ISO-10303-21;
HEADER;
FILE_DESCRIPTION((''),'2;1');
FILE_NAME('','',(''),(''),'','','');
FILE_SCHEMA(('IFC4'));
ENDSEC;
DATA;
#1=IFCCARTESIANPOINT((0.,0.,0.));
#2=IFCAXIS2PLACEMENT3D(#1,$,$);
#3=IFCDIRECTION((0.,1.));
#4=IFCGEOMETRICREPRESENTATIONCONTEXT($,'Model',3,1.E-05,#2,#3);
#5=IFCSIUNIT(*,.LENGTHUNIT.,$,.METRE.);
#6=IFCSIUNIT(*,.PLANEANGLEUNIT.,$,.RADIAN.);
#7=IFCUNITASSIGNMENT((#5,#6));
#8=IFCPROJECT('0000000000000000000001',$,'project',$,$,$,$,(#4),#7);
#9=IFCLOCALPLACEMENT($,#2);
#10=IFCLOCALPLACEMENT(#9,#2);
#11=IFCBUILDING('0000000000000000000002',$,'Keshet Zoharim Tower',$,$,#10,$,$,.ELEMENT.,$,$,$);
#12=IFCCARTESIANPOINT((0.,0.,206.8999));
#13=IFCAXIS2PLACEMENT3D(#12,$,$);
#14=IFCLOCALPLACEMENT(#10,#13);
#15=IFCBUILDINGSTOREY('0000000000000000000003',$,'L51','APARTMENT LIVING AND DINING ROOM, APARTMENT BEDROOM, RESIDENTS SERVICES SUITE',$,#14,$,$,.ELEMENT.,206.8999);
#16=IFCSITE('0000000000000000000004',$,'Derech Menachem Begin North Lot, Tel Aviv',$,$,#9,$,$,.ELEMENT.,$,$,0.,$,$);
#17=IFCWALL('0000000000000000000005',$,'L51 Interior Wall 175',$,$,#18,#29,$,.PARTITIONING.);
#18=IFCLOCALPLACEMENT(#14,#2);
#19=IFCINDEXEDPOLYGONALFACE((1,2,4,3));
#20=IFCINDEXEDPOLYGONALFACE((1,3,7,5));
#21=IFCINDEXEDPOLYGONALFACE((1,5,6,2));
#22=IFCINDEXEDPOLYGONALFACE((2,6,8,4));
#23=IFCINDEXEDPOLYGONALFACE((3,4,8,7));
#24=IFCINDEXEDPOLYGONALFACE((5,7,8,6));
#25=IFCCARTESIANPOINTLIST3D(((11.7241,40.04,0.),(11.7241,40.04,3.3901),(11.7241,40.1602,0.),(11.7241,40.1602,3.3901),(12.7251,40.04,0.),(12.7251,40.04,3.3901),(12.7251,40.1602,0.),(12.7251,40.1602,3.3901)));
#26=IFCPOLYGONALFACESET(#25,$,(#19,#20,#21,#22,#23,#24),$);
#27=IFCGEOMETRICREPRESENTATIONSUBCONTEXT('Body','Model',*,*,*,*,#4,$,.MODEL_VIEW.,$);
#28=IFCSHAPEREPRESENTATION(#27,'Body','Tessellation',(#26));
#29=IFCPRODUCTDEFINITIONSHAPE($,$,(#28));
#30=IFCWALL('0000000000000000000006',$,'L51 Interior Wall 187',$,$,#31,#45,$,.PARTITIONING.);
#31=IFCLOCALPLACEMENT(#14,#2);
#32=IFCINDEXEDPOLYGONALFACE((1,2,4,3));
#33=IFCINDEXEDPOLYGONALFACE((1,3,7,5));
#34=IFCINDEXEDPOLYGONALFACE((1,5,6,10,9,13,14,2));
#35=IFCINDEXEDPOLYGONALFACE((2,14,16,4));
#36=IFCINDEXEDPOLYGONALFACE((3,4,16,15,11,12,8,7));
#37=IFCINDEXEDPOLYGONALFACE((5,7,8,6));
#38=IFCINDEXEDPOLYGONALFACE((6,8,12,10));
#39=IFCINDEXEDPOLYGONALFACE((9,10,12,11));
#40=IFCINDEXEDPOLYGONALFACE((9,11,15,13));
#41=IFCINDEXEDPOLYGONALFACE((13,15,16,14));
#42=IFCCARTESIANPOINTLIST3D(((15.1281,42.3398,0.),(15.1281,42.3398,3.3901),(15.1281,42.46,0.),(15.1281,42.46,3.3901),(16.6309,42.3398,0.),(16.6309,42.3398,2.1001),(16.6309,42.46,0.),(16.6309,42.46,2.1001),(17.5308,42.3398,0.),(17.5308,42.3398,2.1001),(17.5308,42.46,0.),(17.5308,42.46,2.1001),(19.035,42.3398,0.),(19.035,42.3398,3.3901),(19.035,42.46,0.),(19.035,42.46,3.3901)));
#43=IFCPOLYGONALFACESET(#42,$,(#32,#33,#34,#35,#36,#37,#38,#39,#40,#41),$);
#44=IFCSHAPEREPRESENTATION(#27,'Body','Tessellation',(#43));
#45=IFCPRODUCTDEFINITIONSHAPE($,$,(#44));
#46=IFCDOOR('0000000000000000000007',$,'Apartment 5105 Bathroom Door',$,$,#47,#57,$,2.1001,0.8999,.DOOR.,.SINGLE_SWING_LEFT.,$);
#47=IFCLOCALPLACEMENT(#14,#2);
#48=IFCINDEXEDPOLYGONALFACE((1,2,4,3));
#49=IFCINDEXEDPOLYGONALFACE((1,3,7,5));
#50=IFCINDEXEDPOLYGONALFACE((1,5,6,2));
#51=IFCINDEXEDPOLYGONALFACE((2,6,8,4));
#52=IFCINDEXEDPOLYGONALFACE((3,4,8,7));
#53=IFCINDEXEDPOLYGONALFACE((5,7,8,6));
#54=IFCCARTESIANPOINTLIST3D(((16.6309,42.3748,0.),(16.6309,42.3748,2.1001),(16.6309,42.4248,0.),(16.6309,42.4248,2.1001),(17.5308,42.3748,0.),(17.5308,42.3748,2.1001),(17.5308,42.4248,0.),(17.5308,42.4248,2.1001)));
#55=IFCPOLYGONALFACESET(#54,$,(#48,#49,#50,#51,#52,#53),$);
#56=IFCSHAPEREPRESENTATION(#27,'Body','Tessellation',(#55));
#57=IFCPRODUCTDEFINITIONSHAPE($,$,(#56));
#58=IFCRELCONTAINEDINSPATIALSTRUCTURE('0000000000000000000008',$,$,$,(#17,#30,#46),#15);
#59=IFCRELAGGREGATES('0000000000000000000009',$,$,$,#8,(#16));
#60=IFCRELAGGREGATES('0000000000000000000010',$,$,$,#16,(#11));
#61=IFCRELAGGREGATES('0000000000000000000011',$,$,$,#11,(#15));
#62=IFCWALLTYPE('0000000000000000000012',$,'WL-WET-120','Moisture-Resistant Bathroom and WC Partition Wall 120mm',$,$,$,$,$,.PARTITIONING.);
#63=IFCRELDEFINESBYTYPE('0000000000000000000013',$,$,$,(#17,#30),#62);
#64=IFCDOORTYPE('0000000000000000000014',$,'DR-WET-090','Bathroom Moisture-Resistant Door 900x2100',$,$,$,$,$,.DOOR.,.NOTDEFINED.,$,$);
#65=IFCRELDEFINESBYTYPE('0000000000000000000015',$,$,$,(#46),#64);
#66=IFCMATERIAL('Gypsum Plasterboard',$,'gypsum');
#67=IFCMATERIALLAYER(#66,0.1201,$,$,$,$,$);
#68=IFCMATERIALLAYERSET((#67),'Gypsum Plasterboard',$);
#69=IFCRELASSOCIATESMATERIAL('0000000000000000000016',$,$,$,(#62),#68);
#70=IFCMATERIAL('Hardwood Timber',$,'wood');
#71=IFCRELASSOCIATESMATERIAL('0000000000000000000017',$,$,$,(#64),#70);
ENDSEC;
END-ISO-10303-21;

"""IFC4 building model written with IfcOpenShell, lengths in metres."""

from ifc_helpers import new_model, si_unit, direction, frame, frame_2d, origin, place, context, subcontext, project, spatial, rectangle, extrude, material, layer, layer_set, type_object, element, fill, save


model = new_model("IFC4")

# Units and contexts
model_context = context("Model", 3, precision=1e-05, world=origin(), true_north=direction((0.0, 1.0)))
body_context = subcontext(model_context, "Body", "Model", "MODEL_VIEW")
ifc_project = project(units=[si_unit("LENGTHUNIT", "METRE"), si_unit("PLANEANGLEUNIT", "RADIAN")], contexts=[model_context])

# Site, building, storey
site_placement = place(None, origin())
site = spatial("IfcSite", under=ifc_project, at=site_placement, Name="Derech Menachem Begin North Lot, Tel Aviv", CompositionType="ELEMENT", RefElevation=0.0)
building_placement = place(site_placement, origin())
building = spatial("IfcBuilding", under=site, at=building_placement, Name="Keshet Zoharim Tower", CompositionType="ELEMENT")
storey_placement = place(building_placement, frame((0.0, 0.0, 206.8999)))
storey = spatial("IfcBuildingStorey", under=building, at=storey_placement, Name="L51", Description="APARTMENT LIVING AND DINING ROOM, APARTMENT BEDROOM, RESIDENTS SERVICES SUITE", CompositionType="ELEMENT", Elevation=206.8999)

# Shared definitions
ifc_material_1 = material(Name="Gypsum Plasterboard", Category="gypsum")

# Shared definitions
ifc_material_2 = material(Name="Hardwood Timber", Category="wood")

# Wall
ifc_layer_1 = layer(ifc_material_1, 0.1201)
ifc_layer_set_1 = layer_set([ifc_layer_1], Name="Gypsum Plasterboard")
wall_type_1 = type_object("IfcWallType", Name="WL-WET-120", Description="Moisture-Resistant Bathroom and WC Partition Wall 120mm", PredefinedType="PARTITIONING", material=ifc_layer_set_1)
wall_1_placement = place(storey_placement, frame((11.7241, 40.1001, 0.0), z_axis=(0.0, 0.0, 1.0), x_axis=(1.0, 0.0, 0.0)))
element("IfcWall", 1, at=wall_1_placement, inside=storey, type_object=wall_type_1, Name="L51 Interior Wall 175", PredefinedType="PARTITIONING", context=body_context, shape_type="SweptSolid", body=[
    extrude(rectangle(XDim=1.001, YDim=0.1201, at=frame_2d((0.5005, 0.0))), origin(), (0.0, 0.0, 1.0), 3.3901),
])

# Wall, opening, door
wall_2_placement = place(storey_placement, frame((15.1279, 42.3999, 0.0), z_axis=(0.0, 0.0, 1.0), x_axis=(1.0, 0.0, 0.0)))
wall_2 = element("IfcWall", 2, at=wall_2_placement, inside=storey, type_object=wall_type_1, Name="L51 Interior Wall 187", PredefinedType="PARTITIONING", context=body_context, shape_type="SweptSolid", body=[
    extrude(rectangle(XDim=3.907, YDim=0.1201, at=frame_2d((1.9536, 0.0))), origin(), (0.0, 0.0, 1.0), 3.3901),
])
opening_1_placement = place(wall_2_placement, frame((1.5029, 0.0, 0.0)))
opening_1 = element("IfcOpeningElement", 3, at=opening_1_placement, cuts=wall_2, PredefinedType="OPENING", context=body_context, shape_type="SweptSolid", body=[
    extrude(rectangle(XDim=0.8999, YDim=2.1001, at=frame_2d((0.45, 1.05))), frame((0.0, 0.0701, 0.0), z_axis=(0.0, -1.0, 0.0), x_axis=(1.0, 0.0, 0.0)), (0.0, 0.0, 1.0), 0.1401),
])
door_type_1 = type_object("IfcDoorType", Name="DR-WET-090", Description="Bathroom Moisture-Resistant Door 900x2100", OperationType="NOTDEFINED", PredefinedType="DOOR", material=ifc_material_2)
door_1_placement = place(opening_1_placement, origin())
door_1 = element("IfcDoor", 4, at=door_1_placement, inside=storey, type_object=door_type_1, Name="Apartment 5105 Bathroom Door", OperationType="SINGLE_SWING_LEFT", OverallHeight=2.1001, OverallWidth=0.8999, PredefinedType="DOOR", context=body_context, shape_type="SweptSolid", body=[
    extrude(rectangle(XDim=0.8999, YDim=2.1001, at=frame_2d((0.45, 1.05))), frame((0.0, 0.0249, 0.0), z_axis=(0.0, -1.0, 0.0), x_axis=(1.0, 0.0, 0.0)), (0.0, 0.0, 1.0), 0.05),
])
fill(opening_1, door_1)

save(model, "model.ifc")
